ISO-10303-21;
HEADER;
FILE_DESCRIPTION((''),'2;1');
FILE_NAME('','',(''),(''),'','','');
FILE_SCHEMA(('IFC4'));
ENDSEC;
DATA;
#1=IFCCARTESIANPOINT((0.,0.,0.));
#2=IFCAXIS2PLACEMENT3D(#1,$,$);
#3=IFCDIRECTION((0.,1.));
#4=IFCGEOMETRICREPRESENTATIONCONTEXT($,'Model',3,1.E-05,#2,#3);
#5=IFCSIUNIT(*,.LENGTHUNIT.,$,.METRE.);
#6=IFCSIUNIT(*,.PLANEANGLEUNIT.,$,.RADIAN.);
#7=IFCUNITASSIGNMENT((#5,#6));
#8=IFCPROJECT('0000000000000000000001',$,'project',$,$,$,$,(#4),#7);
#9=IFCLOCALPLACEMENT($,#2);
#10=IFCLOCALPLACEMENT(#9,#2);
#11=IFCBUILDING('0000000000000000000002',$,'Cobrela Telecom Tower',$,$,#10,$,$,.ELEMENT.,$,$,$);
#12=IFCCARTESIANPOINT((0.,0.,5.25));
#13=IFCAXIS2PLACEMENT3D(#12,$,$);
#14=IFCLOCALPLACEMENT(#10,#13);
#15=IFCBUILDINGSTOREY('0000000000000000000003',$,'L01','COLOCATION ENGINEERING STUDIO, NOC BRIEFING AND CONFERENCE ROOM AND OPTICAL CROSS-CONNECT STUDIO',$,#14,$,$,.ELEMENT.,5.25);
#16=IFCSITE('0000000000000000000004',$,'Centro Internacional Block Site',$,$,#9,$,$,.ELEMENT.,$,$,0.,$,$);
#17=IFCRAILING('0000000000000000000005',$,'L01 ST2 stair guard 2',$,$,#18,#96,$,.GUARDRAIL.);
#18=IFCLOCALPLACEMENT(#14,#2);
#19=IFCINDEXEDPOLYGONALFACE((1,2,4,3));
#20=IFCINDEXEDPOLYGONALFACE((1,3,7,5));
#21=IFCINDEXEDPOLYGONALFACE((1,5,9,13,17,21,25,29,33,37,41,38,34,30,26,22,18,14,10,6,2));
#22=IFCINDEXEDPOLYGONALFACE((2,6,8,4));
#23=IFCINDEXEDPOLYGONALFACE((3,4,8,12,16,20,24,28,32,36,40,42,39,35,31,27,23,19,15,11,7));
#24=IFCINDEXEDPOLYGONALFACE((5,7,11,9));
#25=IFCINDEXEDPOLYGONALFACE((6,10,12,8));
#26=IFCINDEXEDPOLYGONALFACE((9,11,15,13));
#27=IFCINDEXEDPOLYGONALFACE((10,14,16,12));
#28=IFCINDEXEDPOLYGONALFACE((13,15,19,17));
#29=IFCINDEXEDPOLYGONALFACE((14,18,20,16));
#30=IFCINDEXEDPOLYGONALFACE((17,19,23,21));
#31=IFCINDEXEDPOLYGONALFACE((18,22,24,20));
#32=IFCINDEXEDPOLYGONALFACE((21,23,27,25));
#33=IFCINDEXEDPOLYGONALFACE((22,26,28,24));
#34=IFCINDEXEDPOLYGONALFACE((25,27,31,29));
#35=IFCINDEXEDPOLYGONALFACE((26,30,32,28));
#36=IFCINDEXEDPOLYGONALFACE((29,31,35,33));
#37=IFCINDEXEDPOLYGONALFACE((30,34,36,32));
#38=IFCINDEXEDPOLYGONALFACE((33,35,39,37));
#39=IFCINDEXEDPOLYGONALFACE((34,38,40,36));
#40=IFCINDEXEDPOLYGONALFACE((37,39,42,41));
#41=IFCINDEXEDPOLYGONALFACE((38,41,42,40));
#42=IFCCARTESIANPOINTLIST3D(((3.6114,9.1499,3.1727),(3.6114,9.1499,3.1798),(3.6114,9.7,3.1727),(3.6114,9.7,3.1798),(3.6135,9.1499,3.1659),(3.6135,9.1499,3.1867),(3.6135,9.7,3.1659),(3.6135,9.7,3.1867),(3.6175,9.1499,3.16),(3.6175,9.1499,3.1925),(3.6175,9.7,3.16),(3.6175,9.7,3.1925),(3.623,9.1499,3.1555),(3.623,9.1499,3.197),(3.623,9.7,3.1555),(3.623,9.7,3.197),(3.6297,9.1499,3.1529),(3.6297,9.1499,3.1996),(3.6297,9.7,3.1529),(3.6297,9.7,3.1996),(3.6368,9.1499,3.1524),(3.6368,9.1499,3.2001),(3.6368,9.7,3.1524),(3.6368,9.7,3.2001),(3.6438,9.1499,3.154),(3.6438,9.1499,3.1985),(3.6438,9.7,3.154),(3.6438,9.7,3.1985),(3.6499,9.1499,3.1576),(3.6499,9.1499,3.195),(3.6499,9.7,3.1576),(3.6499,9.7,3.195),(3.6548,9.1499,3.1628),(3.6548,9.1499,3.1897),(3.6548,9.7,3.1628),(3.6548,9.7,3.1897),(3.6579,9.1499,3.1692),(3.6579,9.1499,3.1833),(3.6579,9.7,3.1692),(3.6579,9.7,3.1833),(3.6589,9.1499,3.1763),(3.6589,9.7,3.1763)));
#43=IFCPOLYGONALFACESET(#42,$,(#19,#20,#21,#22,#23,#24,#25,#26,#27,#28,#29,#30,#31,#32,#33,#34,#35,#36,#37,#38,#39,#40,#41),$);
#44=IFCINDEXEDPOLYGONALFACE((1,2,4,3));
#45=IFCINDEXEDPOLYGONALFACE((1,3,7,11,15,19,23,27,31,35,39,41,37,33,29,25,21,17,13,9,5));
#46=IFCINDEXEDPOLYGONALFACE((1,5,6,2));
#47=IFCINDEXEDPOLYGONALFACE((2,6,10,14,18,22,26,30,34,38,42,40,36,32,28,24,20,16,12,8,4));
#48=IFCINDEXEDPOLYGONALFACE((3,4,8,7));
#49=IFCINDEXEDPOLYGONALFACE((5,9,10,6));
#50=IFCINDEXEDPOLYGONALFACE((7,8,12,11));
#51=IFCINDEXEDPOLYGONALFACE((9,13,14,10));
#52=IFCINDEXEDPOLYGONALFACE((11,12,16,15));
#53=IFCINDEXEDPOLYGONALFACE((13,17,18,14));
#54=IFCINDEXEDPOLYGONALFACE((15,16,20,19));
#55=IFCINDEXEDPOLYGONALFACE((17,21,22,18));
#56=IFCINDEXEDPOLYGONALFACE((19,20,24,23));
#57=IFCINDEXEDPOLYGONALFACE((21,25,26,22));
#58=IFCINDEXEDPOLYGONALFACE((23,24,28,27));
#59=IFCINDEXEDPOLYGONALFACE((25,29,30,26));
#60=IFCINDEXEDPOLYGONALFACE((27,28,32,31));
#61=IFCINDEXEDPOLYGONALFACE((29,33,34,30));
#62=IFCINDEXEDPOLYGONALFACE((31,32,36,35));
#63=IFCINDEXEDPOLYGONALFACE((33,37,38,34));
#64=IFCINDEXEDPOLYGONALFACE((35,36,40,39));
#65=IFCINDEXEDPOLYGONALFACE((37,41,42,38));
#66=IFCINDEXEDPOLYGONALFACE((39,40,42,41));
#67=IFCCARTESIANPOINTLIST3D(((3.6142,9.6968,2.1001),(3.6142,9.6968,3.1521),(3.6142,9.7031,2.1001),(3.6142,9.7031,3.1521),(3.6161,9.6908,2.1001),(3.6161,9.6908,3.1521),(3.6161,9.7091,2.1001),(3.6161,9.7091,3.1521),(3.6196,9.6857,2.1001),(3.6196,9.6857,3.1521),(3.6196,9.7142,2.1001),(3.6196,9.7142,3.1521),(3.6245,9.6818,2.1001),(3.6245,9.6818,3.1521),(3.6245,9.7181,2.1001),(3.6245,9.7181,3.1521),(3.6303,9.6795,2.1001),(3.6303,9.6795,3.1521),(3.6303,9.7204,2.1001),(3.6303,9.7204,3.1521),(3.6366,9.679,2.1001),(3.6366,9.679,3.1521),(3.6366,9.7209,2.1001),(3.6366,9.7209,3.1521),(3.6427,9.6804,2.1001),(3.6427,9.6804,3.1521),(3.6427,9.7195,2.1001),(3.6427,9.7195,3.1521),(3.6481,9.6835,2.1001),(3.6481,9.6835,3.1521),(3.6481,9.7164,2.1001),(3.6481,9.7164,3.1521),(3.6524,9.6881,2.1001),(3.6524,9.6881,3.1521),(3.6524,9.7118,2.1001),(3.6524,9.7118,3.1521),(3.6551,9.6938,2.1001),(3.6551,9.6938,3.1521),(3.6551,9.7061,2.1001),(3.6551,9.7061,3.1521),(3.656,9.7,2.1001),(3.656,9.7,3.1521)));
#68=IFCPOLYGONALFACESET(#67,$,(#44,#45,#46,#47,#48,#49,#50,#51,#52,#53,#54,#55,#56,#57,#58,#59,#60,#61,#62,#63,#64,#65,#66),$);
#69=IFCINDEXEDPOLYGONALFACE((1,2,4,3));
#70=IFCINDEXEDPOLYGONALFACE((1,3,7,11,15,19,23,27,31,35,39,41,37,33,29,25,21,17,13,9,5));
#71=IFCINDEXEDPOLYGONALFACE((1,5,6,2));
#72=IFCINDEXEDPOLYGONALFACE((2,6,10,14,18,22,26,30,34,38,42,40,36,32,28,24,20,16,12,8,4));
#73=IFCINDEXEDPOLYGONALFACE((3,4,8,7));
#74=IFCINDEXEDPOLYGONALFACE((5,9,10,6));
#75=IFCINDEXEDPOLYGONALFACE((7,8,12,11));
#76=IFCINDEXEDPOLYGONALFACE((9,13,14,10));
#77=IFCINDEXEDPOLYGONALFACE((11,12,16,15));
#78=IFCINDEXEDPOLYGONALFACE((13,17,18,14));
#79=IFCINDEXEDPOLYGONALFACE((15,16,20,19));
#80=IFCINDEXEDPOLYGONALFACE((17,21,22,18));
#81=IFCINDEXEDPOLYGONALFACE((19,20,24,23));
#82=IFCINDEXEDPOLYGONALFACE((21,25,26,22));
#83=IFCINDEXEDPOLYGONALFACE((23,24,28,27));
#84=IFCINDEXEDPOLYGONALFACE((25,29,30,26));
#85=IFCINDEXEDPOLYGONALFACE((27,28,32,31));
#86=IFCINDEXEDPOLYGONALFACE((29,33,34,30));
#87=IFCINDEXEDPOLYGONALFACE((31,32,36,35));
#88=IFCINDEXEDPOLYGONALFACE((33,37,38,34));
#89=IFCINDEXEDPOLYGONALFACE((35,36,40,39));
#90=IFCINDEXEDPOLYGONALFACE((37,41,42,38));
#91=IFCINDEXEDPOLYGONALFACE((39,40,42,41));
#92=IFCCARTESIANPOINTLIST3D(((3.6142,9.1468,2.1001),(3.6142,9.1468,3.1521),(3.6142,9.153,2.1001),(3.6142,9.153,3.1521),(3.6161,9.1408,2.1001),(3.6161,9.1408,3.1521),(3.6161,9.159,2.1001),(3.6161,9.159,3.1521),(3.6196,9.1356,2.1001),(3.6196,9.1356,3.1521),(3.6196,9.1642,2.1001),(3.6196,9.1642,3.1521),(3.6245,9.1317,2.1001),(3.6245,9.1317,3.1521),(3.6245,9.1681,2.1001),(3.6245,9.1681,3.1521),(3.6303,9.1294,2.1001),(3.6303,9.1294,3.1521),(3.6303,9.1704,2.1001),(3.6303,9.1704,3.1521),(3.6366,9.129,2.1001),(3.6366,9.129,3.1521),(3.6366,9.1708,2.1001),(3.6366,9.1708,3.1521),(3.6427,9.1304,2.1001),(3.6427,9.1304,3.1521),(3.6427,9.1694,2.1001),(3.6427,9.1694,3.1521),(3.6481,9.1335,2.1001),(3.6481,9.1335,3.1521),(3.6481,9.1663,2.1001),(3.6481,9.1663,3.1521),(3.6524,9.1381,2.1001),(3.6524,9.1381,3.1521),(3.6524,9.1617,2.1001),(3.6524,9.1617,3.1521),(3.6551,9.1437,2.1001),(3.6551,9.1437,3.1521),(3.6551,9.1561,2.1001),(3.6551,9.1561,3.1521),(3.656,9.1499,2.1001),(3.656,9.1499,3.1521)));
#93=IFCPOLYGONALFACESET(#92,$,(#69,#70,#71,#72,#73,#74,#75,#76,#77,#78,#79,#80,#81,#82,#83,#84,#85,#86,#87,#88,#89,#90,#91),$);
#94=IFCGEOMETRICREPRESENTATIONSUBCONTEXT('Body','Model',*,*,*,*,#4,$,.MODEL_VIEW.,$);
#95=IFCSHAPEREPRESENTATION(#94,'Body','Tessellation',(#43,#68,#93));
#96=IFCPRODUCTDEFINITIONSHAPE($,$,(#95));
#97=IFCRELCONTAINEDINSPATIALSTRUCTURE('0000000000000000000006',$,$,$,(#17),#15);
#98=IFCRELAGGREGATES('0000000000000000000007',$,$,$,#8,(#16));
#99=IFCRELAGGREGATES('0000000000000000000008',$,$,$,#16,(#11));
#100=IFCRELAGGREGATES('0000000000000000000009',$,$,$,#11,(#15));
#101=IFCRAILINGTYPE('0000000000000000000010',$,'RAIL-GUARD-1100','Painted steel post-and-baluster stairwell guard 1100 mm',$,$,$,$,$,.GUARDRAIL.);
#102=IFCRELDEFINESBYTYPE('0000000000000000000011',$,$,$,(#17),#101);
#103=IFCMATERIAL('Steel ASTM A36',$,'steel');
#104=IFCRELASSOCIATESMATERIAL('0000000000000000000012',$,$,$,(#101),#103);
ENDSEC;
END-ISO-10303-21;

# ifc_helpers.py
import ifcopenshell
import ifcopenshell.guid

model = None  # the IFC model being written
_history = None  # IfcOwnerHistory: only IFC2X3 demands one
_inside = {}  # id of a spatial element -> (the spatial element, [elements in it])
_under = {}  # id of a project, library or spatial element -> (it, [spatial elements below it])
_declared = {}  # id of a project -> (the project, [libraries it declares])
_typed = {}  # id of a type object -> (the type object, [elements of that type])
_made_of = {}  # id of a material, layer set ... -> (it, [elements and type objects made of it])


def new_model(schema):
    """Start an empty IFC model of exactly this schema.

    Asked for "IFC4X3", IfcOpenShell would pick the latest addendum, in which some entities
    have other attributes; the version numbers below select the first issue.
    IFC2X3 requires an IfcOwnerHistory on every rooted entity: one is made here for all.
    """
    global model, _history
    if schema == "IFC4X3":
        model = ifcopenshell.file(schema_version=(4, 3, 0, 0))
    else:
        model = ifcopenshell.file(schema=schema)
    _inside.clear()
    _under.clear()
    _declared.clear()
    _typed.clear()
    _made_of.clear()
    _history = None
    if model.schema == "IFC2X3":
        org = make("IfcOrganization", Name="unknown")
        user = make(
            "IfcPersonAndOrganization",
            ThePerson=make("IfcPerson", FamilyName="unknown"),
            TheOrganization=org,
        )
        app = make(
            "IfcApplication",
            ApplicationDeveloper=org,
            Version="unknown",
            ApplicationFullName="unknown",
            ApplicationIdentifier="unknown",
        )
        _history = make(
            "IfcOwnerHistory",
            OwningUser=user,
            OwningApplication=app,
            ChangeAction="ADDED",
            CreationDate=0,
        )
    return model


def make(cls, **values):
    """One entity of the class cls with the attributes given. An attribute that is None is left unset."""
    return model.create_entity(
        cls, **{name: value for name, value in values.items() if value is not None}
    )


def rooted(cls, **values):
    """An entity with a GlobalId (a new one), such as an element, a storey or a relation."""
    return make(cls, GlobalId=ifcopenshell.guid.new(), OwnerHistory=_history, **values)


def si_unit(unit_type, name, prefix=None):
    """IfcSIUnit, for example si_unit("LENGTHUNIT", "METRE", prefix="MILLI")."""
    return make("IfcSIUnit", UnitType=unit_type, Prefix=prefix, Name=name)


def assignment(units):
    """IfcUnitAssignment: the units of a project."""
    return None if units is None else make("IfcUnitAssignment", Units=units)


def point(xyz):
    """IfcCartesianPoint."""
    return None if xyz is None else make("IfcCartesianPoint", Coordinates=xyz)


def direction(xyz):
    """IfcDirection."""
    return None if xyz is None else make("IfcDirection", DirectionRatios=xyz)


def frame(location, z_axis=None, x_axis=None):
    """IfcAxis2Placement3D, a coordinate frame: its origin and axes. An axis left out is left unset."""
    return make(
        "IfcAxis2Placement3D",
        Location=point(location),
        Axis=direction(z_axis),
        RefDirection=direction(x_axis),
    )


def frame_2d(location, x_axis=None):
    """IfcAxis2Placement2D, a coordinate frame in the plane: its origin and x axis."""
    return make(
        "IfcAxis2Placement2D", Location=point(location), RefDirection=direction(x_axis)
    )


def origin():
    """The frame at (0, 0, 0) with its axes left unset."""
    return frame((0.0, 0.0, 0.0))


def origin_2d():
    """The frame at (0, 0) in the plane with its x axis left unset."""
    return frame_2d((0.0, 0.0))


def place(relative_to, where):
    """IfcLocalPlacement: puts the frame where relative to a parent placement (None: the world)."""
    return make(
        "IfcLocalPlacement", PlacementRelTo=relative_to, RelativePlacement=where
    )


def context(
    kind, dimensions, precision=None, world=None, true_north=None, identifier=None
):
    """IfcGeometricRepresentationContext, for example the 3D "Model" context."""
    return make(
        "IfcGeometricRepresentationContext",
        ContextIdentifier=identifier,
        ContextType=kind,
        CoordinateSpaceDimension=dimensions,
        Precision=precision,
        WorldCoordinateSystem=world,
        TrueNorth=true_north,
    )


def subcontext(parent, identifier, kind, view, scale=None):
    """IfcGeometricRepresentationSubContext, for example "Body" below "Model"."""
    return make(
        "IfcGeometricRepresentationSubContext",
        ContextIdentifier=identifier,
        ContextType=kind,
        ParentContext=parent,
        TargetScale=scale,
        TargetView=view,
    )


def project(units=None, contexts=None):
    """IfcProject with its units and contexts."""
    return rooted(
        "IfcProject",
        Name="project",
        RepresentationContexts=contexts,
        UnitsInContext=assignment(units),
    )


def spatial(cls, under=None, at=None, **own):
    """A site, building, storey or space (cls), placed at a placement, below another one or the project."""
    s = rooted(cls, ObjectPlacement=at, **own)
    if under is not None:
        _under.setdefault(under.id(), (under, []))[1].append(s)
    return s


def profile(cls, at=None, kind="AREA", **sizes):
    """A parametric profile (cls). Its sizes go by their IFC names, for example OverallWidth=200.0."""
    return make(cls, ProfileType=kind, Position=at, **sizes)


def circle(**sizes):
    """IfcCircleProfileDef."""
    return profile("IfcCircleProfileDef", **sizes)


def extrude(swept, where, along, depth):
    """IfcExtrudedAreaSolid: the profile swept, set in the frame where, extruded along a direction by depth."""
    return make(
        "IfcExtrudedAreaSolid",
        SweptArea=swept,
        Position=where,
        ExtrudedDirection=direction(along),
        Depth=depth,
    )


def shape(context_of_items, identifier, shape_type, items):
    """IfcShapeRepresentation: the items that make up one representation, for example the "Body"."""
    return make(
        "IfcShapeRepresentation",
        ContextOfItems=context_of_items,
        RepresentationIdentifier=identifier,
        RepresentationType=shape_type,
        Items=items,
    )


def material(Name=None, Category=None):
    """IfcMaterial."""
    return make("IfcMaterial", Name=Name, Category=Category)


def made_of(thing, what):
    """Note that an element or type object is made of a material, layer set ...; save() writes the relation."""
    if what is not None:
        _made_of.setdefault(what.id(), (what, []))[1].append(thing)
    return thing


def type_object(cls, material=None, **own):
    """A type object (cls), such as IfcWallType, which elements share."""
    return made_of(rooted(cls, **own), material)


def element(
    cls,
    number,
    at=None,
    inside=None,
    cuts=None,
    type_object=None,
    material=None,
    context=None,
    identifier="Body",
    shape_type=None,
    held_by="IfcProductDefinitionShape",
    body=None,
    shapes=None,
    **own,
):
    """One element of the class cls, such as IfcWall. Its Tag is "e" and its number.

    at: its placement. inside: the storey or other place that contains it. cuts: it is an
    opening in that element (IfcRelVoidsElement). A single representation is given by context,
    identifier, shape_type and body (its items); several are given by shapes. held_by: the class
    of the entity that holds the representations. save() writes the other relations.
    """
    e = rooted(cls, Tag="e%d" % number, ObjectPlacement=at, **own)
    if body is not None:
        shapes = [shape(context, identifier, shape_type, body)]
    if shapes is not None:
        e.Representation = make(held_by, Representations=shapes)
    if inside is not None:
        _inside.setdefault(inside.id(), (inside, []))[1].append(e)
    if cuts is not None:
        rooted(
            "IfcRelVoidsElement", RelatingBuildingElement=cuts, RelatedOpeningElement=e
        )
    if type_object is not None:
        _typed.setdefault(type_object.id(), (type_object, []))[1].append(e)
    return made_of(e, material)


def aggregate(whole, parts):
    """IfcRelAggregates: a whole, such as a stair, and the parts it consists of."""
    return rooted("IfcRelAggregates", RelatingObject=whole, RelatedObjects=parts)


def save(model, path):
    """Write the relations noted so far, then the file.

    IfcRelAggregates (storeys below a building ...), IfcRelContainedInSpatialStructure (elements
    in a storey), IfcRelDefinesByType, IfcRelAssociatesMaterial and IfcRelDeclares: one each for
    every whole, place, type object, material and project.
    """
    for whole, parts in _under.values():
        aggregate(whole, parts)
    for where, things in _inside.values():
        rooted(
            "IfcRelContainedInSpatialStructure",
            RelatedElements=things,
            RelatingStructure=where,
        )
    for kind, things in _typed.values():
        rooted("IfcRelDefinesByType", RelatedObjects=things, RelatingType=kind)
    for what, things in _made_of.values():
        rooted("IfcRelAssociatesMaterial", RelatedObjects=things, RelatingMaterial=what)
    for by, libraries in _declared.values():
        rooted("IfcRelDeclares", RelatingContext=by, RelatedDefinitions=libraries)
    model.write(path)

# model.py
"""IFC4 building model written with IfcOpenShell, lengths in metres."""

from ifc_helpers import new_model, si_unit, direction, frame, origin, origin_2d, place, context, subcontext, project, spatial, circle, extrude, material, type_object, element, save


model = new_model("IFC4")

# Units and contexts
model_context = context("Model", 3, precision=1e-05, world=origin(), true_north=direction((0.0, 1.0)))
body_context = subcontext(model_context, "Body", "Model", "MODEL_VIEW")
ifc_project = project(units=[si_unit("LENGTHUNIT", "METRE"), si_unit("PLANEANGLEUNIT", "RADIAN")], contexts=[model_context])

# Site, building, storey
site_placement = place(None, origin())
site = spatial("IfcSite", under=ifc_project, at=site_placement, Name="Centro Internacional Block Site", CompositionType="ELEMENT", RefElevation=0.0)
building_placement = place(site_placement, origin())
building = spatial("IfcBuilding", under=site, at=building_placement, Name="Cobrela Telecom Tower", CompositionType="ELEMENT")
storey_placement = place(building_placement, frame((0.0, 0.0, 5.25)))
storey = spatial("IfcBuildingStorey", under=building, at=storey_placement, Name="L01", Description="COLOCATION ENGINEERING STUDIO, NOC BRIEFING AND CONFERENCE ROOM AND OPTICAL CROSS-CONNECT STUDIO", CompositionType="ELEMENT", Elevation=5.25)

# Railing
ifc_material_1 = material(Name="Steel ASTM A36", Category="steel")
railing_type_1 = type_object("IfcRailingType", Name="RAIL-GUARD-1100", Description="Painted steel post-and-baluster stairwell guard 1100 mm", PredefinedType="GUARDRAIL", material=ifc_material_1)
railing_1_placement = place(storey_placement, frame((3.635, 9.7, 2.1001)))
element("IfcRailing", 1, at=railing_1_placement, inside=storey, type_object=railing_type_1, Name="L01 ST2 stair guard 2", PredefinedType="GUARDRAIL", context=body_context, shape_type="SweptSolid", body=[
    extrude(circle(Radius=0.0239, at=origin_2d()), frame((0.0, 0.0, 1.0762), z_axis=(0.0, -1.0, 0.0), x_axis=(1.0, 0.0, 0.0)), (0.0, 0.0, 1.0), 0.55),
    extrude(circle(Radius=0.021, at=origin_2d()), origin(), (0.0, 0.0, 1.0), 1.052),
    extrude(circle(Radius=0.021, at=origin_2d()), frame((0.0, -0.55, 0.0)), (0.0, 0.0, 1.0), 1.052),
])

save(model, "model.ifc")
